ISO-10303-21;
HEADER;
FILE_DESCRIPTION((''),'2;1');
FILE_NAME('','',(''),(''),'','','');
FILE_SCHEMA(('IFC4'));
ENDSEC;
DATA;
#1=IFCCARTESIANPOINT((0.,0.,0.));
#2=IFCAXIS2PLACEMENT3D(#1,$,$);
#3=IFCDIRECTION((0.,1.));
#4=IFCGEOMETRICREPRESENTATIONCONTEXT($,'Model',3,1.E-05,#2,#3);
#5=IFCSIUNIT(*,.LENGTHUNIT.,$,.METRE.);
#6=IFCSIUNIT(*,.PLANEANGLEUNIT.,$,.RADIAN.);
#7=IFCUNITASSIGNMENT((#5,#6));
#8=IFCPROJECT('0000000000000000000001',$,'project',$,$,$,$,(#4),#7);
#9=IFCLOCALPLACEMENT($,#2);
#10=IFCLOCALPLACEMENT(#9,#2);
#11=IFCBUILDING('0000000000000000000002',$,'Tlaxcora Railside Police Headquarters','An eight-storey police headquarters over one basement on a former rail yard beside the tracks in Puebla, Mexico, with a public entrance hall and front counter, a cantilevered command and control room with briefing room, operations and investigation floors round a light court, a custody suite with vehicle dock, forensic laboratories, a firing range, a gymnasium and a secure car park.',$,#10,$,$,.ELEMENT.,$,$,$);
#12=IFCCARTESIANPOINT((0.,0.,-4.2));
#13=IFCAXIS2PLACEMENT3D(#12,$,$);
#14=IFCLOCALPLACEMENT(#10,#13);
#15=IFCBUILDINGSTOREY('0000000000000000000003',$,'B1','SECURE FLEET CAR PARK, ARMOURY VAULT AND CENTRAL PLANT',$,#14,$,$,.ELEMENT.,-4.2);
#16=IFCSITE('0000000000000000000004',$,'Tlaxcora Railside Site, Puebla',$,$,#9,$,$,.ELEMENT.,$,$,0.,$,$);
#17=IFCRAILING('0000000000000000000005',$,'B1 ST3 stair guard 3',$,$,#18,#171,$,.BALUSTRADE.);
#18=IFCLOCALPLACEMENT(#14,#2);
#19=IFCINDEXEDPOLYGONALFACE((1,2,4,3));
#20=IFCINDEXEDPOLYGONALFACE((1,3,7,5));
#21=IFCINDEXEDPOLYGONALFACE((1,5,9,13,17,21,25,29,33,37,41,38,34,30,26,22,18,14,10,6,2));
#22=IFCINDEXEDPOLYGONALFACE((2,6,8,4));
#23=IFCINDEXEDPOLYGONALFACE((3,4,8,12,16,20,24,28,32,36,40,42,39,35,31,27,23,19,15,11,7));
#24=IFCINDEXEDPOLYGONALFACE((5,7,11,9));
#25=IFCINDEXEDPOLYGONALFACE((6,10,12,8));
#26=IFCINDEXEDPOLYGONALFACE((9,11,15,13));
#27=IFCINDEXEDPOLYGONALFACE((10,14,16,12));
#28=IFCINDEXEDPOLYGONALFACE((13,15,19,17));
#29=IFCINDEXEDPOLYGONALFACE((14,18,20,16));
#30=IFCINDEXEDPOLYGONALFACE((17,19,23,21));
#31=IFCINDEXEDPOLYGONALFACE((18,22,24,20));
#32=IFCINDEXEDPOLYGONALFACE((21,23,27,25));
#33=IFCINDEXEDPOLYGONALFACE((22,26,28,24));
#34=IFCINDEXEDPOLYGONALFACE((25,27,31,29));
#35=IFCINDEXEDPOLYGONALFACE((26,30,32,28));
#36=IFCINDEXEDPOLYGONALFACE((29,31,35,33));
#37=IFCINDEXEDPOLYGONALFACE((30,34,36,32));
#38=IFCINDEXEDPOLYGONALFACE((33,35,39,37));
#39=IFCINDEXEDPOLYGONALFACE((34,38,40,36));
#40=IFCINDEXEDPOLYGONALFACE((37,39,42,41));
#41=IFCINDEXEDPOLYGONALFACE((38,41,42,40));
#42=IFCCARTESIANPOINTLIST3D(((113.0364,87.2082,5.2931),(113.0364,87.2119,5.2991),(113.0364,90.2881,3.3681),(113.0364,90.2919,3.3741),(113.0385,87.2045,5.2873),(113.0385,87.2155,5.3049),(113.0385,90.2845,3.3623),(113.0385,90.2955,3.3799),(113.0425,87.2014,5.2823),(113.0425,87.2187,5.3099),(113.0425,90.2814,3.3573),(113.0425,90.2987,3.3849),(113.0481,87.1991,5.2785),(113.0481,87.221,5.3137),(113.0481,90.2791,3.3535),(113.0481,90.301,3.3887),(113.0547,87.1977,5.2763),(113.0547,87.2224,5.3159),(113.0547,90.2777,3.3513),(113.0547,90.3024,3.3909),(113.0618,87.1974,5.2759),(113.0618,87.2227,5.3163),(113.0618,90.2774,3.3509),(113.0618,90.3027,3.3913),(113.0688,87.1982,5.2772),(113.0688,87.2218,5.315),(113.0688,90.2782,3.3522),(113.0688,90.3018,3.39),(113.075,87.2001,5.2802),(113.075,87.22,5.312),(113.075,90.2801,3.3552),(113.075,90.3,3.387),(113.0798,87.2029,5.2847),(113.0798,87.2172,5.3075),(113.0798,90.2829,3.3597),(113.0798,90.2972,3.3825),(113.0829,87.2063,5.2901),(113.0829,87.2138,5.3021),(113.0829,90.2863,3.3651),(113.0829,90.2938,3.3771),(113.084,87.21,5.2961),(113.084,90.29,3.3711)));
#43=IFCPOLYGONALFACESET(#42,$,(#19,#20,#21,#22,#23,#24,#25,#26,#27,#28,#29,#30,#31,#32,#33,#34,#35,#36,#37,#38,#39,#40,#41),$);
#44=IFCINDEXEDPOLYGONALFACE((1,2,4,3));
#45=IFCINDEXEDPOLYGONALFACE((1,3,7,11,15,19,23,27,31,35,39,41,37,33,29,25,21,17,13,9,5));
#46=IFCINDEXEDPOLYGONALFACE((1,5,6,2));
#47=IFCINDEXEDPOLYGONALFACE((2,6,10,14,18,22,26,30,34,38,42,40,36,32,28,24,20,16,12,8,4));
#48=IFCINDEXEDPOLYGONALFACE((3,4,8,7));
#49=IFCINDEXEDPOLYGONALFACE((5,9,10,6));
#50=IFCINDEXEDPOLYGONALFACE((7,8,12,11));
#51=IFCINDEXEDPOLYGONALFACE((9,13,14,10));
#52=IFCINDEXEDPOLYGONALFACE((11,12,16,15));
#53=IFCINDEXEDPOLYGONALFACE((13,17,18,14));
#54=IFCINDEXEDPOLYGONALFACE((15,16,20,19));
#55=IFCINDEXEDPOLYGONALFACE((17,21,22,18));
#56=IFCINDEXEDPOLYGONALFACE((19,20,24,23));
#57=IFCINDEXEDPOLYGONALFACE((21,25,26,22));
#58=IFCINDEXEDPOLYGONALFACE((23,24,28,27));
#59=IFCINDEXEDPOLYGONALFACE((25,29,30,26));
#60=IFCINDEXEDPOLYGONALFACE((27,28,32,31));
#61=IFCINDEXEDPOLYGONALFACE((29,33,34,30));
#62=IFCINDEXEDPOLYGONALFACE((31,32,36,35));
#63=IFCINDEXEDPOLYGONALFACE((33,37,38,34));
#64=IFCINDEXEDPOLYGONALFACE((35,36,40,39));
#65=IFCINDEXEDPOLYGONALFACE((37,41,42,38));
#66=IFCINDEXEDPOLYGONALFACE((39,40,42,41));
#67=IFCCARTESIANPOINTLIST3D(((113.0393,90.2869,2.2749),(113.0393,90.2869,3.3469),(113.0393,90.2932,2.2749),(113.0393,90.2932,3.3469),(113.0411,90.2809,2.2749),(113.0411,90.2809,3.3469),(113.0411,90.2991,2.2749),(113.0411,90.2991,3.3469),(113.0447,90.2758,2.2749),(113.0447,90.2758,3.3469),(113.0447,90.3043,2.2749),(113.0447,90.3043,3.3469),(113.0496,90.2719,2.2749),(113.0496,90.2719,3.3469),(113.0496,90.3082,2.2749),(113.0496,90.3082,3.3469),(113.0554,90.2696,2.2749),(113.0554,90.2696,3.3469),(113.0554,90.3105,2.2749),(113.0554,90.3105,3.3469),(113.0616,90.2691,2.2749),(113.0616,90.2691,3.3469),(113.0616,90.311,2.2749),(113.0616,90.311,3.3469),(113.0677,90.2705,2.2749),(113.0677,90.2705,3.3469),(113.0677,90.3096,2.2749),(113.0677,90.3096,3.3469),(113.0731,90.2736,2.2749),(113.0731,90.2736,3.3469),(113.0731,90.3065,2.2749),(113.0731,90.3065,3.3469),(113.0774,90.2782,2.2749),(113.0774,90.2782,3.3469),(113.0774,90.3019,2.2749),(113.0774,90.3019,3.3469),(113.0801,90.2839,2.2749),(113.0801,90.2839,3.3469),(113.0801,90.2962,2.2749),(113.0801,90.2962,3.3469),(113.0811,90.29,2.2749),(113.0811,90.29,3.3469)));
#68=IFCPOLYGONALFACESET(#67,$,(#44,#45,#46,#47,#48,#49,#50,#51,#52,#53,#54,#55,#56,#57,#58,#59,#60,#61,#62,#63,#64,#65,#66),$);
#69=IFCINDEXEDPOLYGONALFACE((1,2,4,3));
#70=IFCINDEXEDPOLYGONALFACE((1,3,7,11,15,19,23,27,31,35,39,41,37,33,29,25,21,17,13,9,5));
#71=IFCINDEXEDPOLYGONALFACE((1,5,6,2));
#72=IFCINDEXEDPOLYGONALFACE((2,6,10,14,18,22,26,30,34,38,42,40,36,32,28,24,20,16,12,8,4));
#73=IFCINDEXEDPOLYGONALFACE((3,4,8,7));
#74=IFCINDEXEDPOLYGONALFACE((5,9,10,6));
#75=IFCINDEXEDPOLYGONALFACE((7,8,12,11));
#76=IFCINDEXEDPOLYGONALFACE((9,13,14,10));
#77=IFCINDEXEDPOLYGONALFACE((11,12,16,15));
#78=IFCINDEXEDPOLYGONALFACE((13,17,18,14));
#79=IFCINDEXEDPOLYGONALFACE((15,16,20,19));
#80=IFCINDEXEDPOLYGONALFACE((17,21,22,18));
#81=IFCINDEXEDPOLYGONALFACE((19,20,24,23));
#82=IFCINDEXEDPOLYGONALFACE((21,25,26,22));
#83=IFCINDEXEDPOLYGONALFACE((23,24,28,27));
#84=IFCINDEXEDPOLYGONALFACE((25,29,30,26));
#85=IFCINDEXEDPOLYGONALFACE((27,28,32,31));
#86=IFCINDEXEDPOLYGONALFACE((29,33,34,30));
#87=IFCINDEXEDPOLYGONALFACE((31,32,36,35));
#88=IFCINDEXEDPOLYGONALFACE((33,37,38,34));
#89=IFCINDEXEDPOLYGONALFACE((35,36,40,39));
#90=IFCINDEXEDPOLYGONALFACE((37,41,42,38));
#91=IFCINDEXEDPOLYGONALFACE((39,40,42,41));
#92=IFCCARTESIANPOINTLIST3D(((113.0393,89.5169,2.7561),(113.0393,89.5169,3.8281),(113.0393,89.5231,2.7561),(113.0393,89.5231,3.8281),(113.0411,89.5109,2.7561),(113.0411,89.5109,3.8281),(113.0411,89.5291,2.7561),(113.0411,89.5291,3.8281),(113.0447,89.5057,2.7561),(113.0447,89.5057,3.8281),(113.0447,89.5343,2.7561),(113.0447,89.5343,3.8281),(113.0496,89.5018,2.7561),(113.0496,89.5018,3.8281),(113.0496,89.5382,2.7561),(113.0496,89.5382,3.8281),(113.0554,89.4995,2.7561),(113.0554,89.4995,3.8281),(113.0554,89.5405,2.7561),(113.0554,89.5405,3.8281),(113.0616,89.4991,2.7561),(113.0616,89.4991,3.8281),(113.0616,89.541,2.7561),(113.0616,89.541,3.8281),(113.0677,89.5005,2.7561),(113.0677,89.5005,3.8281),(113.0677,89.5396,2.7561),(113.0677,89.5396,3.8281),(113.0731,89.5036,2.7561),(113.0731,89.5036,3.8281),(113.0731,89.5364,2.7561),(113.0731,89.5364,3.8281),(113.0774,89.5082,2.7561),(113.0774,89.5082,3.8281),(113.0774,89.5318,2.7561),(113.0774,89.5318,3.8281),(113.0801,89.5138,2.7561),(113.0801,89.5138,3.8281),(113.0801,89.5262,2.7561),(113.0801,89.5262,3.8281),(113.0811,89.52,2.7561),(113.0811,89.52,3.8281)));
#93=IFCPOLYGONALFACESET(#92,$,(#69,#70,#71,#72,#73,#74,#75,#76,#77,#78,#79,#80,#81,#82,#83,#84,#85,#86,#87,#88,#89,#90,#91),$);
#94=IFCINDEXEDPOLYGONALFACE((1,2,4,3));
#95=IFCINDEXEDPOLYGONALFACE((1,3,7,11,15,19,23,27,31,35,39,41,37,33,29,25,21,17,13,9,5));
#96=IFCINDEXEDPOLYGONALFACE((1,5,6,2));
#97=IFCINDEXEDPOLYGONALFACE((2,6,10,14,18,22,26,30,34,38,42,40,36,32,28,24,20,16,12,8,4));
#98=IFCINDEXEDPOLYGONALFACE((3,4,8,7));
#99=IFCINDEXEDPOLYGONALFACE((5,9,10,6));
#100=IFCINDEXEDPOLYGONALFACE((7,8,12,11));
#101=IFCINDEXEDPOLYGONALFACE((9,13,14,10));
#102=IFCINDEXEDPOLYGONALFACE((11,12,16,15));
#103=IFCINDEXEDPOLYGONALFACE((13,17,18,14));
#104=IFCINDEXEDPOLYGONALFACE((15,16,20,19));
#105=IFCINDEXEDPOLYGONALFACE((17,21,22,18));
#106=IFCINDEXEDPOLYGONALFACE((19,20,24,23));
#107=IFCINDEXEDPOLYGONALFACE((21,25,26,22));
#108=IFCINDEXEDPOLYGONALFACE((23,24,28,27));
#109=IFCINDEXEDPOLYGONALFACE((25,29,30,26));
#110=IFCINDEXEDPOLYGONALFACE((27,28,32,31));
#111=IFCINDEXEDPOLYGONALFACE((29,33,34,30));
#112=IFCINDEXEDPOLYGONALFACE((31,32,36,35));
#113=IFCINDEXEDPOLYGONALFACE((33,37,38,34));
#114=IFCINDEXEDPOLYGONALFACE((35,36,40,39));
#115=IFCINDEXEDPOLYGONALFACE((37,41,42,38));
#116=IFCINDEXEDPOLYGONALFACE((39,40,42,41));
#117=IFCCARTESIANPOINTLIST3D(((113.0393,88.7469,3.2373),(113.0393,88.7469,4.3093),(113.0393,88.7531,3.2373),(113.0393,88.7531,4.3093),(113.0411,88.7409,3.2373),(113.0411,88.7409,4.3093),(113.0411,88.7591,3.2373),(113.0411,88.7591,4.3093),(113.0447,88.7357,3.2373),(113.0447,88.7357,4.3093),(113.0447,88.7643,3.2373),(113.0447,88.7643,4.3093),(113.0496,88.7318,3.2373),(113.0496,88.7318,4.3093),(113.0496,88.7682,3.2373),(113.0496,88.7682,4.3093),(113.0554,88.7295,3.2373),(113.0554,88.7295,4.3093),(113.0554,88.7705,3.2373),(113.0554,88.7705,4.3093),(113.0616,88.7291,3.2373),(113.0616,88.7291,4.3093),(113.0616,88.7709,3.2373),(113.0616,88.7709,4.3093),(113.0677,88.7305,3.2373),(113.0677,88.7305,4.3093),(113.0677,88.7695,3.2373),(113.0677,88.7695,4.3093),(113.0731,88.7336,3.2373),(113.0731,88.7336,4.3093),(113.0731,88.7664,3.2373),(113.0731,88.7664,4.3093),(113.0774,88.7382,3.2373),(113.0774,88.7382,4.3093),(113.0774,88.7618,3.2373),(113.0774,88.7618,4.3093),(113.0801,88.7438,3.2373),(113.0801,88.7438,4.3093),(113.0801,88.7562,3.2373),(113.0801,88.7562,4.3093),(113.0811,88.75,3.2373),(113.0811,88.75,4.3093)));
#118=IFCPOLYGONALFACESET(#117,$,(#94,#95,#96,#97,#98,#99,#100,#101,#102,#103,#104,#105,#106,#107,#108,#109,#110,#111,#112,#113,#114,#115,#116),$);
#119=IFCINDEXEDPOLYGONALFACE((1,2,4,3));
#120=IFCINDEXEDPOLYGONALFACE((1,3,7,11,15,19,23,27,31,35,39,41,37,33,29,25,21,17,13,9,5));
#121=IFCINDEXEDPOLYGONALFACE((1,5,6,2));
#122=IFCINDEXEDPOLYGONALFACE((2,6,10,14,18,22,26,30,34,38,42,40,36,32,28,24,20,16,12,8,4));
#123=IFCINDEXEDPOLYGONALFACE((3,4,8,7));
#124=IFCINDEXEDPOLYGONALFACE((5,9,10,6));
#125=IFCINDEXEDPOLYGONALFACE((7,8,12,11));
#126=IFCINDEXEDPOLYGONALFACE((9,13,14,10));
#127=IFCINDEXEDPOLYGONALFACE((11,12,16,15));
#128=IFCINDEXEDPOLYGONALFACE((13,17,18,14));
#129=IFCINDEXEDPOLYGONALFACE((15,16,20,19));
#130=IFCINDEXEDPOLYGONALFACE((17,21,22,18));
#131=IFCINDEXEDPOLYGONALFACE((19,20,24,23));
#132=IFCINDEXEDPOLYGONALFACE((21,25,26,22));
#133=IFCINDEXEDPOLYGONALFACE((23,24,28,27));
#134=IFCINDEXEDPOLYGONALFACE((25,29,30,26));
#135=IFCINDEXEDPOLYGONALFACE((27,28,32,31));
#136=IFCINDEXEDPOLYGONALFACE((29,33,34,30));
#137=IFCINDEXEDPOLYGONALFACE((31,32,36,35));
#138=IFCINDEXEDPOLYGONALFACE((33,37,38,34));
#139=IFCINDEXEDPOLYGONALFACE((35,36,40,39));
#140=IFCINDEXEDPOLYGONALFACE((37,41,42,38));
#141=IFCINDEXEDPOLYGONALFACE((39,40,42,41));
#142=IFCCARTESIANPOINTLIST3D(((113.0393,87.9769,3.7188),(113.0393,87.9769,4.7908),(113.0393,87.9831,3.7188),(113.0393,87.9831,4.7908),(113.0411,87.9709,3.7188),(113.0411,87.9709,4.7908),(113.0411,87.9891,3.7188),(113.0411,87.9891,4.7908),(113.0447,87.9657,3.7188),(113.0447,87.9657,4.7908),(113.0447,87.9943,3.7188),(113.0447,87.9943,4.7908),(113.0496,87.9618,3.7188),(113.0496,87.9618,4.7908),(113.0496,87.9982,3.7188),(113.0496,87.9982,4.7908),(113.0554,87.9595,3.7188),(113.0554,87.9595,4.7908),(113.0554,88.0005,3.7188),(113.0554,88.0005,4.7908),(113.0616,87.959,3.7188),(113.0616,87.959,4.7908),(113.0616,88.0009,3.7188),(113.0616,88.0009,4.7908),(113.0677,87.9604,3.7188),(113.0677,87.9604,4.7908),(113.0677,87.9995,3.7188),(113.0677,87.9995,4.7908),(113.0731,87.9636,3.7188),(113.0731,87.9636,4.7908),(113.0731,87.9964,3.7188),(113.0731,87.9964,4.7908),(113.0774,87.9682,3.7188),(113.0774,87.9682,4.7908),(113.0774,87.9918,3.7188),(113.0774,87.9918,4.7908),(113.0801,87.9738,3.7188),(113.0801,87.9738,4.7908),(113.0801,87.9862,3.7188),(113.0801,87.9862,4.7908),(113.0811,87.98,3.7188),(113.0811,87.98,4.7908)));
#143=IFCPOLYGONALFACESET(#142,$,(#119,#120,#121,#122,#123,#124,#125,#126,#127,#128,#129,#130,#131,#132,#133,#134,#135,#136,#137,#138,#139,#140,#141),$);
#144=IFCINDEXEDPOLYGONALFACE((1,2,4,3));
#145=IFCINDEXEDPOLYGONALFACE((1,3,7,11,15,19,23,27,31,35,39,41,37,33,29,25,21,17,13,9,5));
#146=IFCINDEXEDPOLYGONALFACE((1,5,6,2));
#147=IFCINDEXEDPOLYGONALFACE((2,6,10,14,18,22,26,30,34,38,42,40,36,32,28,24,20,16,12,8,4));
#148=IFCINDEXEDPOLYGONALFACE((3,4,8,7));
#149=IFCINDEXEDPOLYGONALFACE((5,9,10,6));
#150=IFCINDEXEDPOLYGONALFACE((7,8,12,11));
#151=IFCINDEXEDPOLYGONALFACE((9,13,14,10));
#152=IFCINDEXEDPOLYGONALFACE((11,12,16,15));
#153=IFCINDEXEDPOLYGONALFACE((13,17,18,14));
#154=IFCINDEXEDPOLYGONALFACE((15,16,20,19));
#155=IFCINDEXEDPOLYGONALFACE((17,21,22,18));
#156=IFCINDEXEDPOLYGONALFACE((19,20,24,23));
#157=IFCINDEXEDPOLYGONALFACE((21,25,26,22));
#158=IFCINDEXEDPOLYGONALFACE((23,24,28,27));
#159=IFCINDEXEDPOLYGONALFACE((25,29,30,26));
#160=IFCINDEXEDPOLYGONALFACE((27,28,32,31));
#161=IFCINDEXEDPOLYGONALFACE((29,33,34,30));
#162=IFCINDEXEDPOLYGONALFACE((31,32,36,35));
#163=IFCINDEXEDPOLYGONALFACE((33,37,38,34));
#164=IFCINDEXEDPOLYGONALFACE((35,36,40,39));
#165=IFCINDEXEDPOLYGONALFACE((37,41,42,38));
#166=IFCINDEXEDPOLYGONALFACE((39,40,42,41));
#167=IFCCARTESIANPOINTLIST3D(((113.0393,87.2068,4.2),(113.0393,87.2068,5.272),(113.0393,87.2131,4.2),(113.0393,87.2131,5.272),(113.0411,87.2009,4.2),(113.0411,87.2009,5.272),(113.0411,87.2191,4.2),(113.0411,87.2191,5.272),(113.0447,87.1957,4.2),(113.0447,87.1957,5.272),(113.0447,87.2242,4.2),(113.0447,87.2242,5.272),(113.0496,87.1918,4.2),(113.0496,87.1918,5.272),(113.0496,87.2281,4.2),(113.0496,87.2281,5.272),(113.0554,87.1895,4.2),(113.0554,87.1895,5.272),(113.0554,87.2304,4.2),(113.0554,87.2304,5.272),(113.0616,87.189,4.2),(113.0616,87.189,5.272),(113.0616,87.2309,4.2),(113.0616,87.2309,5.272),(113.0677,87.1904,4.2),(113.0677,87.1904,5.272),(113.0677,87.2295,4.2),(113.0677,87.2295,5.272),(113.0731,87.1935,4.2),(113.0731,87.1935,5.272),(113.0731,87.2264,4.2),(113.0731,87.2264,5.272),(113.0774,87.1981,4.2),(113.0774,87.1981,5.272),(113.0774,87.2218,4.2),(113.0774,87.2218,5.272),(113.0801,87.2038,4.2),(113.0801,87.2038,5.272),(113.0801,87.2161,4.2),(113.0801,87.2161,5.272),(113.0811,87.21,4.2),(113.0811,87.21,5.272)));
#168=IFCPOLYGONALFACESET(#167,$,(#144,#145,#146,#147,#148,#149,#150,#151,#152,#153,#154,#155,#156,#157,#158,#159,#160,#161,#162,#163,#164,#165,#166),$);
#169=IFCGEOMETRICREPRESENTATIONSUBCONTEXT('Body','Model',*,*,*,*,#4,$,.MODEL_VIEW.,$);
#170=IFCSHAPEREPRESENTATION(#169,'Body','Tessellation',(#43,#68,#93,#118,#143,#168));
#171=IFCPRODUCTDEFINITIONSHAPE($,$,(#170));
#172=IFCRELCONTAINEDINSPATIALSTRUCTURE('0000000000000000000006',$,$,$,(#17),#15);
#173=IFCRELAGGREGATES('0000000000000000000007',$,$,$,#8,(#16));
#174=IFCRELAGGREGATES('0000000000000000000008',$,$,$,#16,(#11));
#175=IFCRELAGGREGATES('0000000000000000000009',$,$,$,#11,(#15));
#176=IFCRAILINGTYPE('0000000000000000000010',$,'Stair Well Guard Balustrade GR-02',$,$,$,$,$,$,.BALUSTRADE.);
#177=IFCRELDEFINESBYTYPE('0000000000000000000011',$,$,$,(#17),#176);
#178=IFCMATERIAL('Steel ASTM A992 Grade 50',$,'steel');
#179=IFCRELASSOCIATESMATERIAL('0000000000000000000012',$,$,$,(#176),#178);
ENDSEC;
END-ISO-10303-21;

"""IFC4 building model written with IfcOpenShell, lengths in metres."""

from ifc_helpers import new_model, si_unit, direction, frame, origin, origin_2d, place, context, subcontext, project, spatial, circle, extrude, material, type_object, element, save


model = new_model("IFC4")

# Units and contexts
model_context = context("Model", 3, precision=1e-05, world=origin(), true_north=direction((0.0, 1.0)))
body_context = subcontext(model_context, "Body", "Model", "MODEL_VIEW")
ifc_project = project(units=[si_unit("LENGTHUNIT", "METRE"), si_unit("PLANEANGLEUNIT", "RADIAN")], contexts=[model_context])

# Site, building, storey
site_placement = place(None, origin())
site = spatial("IfcSite", under=ifc_project, at=site_placement, Name="Tlaxcora Railside Site, Puebla", CompositionType="ELEMENT", RefElevation=0.0)
building_placement = place(site_placement, origin())
building = spatial("IfcBuilding", under=site, at=building_placement, Name="Tlaxcora Railside Police Headquarters", Description="An eight-storey police headquarters over one basement on a former rail yard beside the tracks in Puebla, Mexico, with a public entrance hall and front counter, a cantilevered command and control room with briefing room, operations and investigation floors round a light court, a custody suite with vehicle dock, forensic laboratories, a firing range, a gymnasium and a secure car park.", CompositionType="ELEMENT")
storey_placement = place(building_placement, frame((0.0, 0.0, -4.2)))
storey = spatial("IfcBuildingStorey", under=building, at=storey_placement, Name="B1", Description="SECURE FLEET CAR PARK, ARMOURY VAULT AND CENTRAL PLANT", CompositionType="ELEMENT", Elevation=-4.2)

# Shared definitions
ifc_material_1 = material(Name="Steel ASTM A992 Grade 50", Category="steel")

# Railing
railing_type_1 = type_object("IfcRailingType", Name="Stair Well Guard Balustrade GR-02", PredefinedType="BALUSTRADE", material=ifc_material_1)
railing_1_placement = place(storey_placement, frame((113.0601, 90.29, 2.2749)))
element("IfcRailing", 1, at=railing_1_placement, inside=storey, type_object=railing_type_1, Name="B1 ST3 stair guard 3", PredefinedType="BALUSTRADE", context=body_context, shape_type="SweptSolid", body=[
    extrude(circle(Radius=0.0239, at=origin_2d()), frame((0.0, 0.0, 1.0962), z_axis=(0.0, -0.847998, 0.529999), x_axis=(1.0, 0.0, 0.0)), (0.0, 0.0, 1.0), 3.6321),
    extrude(circle(Radius=0.021, at=origin_2d()), origin(), (0.0, 0.0, 1.0), 1.072),
    extrude(circle(Radius=0.021, at=origin_2d()), frame((0.0, -0.77, 0.4812)), (0.0, 0.0, 1.0), 1.072),
    extrude(circle(Radius=0.021, at=origin_2d()), frame((0.0, -1.54, 0.9624)), (0.0, 0.0, 1.0), 1.072),
    extrude(circle(Radius=0.021, at=origin_2d()), frame((0.0, -2.3101, 1.4438)), (0.0, 0.0, 1.0), 1.072),
    extrude(circle(Radius=0.021, at=origin_2d()), frame((0.0, -3.0801, 1.925)), (0.0, 0.0, 1.0), 1.072),
])

save(model, "model.ifc")
